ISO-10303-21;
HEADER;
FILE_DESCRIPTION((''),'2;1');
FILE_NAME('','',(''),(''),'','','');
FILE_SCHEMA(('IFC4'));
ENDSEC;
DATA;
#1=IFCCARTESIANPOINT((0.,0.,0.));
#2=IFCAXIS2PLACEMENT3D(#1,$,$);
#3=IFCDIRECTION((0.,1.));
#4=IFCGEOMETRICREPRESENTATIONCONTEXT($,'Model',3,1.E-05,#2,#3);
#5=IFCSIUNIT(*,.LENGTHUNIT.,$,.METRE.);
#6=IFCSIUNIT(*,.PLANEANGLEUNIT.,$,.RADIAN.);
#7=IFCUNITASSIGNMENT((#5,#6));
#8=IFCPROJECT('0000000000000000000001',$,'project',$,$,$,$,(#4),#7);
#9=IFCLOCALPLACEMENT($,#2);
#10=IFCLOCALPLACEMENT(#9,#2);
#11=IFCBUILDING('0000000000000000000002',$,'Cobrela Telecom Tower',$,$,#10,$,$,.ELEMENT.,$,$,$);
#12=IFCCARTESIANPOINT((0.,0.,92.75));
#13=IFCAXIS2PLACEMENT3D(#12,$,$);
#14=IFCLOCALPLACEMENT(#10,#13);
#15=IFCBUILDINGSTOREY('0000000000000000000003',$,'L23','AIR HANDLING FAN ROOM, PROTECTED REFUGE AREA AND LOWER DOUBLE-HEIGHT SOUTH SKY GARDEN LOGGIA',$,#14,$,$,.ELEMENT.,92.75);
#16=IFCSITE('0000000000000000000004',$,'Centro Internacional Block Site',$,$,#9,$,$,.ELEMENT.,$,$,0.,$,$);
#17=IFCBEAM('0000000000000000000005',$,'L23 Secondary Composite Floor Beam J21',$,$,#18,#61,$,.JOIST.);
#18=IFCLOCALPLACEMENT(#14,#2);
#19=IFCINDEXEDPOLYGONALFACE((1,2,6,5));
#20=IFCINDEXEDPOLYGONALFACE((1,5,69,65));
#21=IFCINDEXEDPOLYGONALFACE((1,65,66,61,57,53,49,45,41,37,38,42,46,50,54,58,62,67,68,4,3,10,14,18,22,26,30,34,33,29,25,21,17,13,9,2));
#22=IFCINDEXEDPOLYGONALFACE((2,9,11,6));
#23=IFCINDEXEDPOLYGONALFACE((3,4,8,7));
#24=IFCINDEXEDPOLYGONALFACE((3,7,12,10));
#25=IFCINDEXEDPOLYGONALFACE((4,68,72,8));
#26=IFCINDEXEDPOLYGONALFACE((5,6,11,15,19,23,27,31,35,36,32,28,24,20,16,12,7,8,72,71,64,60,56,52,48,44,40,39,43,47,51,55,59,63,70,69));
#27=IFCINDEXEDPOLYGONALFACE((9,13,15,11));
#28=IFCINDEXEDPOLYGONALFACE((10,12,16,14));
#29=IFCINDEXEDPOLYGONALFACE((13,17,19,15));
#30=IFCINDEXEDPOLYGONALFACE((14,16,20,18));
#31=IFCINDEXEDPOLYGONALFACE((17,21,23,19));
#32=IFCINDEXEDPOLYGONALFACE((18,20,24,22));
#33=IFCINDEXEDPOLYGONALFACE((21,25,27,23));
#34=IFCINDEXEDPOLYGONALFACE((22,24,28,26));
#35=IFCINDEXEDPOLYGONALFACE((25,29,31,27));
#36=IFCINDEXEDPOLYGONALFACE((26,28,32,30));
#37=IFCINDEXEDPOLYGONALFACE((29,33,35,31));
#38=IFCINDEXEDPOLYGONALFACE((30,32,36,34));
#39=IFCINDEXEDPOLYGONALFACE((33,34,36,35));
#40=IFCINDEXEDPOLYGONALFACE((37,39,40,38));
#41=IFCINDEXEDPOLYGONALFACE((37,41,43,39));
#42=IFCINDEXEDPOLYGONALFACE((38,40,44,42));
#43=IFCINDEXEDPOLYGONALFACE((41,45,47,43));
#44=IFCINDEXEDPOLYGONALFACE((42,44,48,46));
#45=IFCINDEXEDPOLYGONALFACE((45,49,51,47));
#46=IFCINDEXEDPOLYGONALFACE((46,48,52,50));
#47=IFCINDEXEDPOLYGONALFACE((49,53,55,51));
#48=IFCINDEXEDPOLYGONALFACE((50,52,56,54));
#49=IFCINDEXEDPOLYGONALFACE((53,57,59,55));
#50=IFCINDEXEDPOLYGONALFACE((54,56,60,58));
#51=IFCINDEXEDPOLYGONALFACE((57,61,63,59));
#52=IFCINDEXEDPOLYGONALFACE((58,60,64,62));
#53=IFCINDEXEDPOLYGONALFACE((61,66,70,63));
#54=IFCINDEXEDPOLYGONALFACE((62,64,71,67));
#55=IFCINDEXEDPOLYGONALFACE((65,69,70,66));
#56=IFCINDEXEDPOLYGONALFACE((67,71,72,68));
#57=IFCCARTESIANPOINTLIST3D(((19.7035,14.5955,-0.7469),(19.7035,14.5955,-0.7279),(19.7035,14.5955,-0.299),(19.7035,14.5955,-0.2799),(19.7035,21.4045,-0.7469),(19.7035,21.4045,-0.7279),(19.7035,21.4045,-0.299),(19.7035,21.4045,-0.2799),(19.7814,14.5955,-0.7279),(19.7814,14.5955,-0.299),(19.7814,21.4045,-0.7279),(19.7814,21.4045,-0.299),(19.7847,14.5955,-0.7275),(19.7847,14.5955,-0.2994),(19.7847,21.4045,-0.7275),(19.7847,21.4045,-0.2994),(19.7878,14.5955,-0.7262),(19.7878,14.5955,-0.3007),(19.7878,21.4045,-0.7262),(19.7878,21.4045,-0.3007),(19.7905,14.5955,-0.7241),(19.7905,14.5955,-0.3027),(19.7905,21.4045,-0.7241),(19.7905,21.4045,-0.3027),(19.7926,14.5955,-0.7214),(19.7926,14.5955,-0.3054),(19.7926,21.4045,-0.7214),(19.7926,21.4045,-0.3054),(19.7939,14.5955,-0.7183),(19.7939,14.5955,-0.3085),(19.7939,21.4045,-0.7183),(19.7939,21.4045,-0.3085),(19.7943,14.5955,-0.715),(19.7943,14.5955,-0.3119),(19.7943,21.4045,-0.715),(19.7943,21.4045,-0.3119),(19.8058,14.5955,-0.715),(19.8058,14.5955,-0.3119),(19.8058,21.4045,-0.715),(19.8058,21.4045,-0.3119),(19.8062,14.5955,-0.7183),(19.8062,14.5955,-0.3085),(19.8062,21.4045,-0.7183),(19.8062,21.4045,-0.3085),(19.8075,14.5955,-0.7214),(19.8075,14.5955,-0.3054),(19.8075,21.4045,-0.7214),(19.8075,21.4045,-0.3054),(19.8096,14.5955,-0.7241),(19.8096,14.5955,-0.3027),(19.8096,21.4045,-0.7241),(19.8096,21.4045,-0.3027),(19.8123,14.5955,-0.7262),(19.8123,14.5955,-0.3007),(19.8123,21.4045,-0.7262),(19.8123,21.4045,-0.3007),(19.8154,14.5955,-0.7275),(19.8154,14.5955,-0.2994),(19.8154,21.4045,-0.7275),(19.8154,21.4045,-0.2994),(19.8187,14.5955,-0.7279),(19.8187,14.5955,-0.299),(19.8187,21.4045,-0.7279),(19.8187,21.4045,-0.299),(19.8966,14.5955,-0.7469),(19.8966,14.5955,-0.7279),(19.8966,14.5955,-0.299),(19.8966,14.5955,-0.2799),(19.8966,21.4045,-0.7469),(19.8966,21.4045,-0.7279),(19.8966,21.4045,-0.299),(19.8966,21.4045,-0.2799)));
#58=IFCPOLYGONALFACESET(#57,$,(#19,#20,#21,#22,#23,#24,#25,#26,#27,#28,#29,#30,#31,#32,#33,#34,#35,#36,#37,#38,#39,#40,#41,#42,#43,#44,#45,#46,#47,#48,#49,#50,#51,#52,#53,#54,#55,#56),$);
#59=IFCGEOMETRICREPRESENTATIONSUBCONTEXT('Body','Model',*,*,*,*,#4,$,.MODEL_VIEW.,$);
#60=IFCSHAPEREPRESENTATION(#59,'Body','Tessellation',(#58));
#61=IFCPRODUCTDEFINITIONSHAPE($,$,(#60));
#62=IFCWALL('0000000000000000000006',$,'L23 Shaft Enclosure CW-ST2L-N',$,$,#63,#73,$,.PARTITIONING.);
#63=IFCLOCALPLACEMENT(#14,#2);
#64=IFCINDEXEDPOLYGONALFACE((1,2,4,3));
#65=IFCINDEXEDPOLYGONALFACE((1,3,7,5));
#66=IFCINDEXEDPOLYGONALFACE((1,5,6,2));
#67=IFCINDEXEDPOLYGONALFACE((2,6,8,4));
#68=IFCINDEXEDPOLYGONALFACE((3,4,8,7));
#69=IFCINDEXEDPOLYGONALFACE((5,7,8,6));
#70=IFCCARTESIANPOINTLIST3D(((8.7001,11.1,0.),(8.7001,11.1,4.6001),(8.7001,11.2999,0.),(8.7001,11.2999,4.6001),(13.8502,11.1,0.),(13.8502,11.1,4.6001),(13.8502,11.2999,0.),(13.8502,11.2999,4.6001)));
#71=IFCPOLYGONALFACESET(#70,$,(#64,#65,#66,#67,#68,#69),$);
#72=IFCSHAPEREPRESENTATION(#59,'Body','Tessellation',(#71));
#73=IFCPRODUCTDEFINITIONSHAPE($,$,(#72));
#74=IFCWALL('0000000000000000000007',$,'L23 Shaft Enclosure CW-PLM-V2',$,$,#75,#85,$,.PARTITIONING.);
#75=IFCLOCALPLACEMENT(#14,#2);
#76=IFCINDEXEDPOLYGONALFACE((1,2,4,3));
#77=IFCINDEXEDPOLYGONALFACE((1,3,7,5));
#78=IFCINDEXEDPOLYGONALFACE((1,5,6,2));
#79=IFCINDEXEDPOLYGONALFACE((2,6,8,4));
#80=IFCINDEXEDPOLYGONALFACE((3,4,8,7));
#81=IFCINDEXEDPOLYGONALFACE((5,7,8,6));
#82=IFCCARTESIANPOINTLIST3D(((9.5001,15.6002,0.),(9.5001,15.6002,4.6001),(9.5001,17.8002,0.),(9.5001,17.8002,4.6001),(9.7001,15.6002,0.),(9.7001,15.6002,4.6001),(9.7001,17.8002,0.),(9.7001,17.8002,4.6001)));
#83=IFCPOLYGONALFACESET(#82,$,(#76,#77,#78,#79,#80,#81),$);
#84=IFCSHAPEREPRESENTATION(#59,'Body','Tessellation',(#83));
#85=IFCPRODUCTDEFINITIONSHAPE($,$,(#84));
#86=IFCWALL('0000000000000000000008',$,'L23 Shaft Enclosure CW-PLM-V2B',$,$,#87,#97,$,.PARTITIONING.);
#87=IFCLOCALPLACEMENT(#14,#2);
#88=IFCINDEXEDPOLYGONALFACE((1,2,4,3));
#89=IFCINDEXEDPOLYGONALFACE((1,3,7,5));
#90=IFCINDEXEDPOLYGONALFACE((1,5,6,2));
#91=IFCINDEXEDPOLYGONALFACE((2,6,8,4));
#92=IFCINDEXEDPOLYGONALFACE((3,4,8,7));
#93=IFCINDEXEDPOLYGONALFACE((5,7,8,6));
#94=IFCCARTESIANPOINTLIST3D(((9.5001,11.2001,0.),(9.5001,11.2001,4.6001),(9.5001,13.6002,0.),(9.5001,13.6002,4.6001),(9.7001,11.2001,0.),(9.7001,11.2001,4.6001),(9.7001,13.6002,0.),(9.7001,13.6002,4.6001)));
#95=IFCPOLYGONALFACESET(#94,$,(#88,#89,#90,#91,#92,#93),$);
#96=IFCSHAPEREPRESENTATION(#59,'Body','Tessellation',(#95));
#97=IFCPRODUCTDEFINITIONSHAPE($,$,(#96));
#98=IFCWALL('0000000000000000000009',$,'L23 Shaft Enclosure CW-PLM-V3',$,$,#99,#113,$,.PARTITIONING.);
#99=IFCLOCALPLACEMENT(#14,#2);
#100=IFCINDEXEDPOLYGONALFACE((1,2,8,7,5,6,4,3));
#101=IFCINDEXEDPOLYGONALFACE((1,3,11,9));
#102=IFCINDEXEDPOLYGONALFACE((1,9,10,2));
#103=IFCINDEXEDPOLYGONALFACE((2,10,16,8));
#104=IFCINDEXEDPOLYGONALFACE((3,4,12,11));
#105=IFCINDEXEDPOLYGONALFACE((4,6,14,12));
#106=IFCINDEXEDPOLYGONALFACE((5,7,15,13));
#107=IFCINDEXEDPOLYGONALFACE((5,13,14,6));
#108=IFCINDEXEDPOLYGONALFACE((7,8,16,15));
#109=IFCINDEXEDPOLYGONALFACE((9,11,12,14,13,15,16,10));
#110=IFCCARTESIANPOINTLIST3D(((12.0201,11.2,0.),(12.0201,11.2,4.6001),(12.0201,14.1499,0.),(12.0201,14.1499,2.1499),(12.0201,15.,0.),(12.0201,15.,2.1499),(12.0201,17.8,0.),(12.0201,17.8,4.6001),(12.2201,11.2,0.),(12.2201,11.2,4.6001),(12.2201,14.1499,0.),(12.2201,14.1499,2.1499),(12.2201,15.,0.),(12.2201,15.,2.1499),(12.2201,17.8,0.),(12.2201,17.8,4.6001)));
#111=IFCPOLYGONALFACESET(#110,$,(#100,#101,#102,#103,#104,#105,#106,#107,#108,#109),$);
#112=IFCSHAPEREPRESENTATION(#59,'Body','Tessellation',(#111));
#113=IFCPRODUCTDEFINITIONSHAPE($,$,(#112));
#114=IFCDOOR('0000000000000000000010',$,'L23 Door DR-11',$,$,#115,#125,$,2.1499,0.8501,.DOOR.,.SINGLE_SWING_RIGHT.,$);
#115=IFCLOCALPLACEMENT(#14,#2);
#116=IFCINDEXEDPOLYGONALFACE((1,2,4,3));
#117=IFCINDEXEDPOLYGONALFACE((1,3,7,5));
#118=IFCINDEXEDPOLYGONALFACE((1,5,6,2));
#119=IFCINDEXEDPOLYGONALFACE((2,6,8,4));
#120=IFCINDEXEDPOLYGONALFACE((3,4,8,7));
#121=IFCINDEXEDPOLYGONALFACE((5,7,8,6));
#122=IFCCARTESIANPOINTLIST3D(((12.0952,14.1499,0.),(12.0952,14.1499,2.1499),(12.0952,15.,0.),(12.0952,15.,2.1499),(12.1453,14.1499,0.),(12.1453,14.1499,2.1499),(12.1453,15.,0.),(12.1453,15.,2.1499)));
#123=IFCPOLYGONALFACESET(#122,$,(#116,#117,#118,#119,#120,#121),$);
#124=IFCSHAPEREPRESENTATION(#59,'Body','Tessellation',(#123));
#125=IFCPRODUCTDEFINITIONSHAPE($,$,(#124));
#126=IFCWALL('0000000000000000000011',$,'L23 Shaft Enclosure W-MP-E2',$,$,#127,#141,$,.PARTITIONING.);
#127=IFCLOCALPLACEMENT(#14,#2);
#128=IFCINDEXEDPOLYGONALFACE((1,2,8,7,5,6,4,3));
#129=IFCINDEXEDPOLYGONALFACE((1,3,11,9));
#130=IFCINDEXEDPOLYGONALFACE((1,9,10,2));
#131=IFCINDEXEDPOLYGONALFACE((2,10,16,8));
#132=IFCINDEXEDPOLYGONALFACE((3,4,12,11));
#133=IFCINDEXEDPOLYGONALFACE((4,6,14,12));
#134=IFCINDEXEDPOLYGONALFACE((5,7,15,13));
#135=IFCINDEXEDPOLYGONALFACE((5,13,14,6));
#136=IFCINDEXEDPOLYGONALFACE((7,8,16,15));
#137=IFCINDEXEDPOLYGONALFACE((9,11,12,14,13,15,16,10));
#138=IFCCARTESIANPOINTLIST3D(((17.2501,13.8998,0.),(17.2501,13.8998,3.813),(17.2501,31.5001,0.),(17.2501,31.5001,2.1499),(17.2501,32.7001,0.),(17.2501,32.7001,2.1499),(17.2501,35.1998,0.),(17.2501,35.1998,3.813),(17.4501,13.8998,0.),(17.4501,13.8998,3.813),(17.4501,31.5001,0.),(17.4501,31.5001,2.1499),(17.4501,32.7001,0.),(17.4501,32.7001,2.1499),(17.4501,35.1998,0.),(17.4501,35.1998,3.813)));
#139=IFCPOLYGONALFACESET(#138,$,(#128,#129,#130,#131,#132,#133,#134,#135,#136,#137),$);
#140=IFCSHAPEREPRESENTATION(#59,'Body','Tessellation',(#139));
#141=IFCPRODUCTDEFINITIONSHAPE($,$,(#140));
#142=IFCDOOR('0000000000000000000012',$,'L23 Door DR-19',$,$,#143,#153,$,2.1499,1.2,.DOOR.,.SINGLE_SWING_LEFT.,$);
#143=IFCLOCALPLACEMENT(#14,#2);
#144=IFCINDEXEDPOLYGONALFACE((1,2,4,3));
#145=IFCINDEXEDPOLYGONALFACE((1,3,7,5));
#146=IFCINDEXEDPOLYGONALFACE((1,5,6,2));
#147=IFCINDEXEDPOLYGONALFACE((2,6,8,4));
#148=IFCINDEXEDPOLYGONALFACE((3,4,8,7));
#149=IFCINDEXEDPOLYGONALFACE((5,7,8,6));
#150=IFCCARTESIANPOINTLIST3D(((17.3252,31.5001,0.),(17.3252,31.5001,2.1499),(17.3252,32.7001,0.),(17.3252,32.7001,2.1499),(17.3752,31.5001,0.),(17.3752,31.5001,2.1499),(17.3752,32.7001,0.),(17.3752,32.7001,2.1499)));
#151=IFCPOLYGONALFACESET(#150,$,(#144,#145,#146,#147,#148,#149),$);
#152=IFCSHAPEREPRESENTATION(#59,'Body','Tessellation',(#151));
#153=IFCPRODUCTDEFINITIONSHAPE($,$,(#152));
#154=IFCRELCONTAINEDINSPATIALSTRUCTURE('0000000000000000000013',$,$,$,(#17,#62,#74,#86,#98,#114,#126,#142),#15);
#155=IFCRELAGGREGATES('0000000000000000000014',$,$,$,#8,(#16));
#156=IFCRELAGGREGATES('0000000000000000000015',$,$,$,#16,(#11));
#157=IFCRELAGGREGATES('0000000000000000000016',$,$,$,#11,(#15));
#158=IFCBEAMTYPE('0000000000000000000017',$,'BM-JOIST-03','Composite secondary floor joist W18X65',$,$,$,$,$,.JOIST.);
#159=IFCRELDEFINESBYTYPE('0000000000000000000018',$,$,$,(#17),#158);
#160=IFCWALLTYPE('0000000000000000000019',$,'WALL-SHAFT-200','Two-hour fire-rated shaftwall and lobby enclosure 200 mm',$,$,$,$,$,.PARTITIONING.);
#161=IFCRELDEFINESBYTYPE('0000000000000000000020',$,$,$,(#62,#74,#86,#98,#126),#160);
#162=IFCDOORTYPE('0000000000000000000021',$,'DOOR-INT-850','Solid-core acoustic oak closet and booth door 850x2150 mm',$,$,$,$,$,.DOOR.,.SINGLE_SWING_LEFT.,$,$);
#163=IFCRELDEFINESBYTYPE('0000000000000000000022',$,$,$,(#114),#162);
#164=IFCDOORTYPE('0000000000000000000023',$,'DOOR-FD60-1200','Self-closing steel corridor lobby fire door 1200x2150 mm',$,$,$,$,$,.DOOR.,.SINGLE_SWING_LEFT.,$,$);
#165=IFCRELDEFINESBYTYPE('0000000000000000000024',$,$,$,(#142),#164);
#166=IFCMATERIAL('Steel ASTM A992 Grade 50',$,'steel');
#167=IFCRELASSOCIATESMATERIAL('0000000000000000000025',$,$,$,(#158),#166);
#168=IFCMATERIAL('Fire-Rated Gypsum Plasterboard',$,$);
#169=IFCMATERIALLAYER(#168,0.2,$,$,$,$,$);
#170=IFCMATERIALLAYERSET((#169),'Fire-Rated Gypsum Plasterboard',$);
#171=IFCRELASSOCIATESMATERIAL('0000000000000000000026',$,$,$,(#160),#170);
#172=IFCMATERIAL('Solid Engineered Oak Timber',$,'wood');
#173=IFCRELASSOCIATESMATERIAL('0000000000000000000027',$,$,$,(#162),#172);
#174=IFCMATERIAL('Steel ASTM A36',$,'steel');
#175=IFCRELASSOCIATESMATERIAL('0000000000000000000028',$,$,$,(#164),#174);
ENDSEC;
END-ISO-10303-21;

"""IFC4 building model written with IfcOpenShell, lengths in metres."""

from ifc_helpers import new_model, si_unit, direction, frame, frame_2d, origin, origin_2d, place, context, subcontext, project, spatial, rectangle, i_section, extrude, material, layer, layer_set, material_profile, profile_set, type_object, element, fill, save


model = new_model("IFC4")

# Units and contexts
model_context = context("Model", 3, precision=1e-05, world=origin(), true_north=direction((0.0, 1.0)))
body_context = subcontext(model_context, "Body", "Model", "MODEL_VIEW")
ifc_project = project(units=[si_unit("LENGTHUNIT", "METRE"), si_unit("PLANEANGLEUNIT", "RADIAN")], contexts=[model_context])

# Site, building, storey
site_placement = place(None, origin())
site = spatial("IfcSite", under=ifc_project, at=site_placement, Name="Centro Internacional Block Site", CompositionType="ELEMENT", RefElevation=0.0)
building_placement = place(site_placement, origin())
building = spatial("IfcBuilding", under=site, at=building_placement, Name="Cobrela Telecom Tower", CompositionType="ELEMENT")
storey_placement = place(building_placement, frame((0.0, 0.0, 92.75)))
storey = spatial("IfcBuildingStorey", under=building, at=storey_placement, Name="L23", Description="AIR HANDLING FAN ROOM, PROTECTED REFUGE AREA AND LOWER DOUBLE-HEIGHT SOUTH SKY GARDEN LOGGIA", CompositionType="ELEMENT", Elevation=92.75)

# Shared definitions
ifc_material_1 = material(Name="Steel ASTM A992 Grade 50", Category="steel")

# Beam
ifc_material_profile_1 = material_profile(ifc_material_1, i_section(OverallWidth=0.1931, OverallDepth=0.467, WebThickness=0.0115, FlangeThickness=0.019, FilletRadius=0.0129, at=origin_2d()), Name="W18X65")
ifc_profile_set_1 = profile_set([ifc_material_profile_1], Name="Steel ASTM A992 Grade 50")
beam_type_1 = type_object("IfcBeamType", Name="BM-JOIST-03", Description="Composite secondary floor joist W18X65", PredefinedType="JOIST", material=ifc_profile_set_1)
for number, where, z_axis, x_axis, name in (
    (1, (19.8, 14.5955, -0.5134), (0.0, 1.0, 0.0), (-1.0, 0.0, 0.0), "L23 Secondary Composite Floor Beam J21"),
):
    element("IfcBeam", number, at=place(storey_placement, frame(where, z_axis=z_axis, x_axis=x_axis)), inside=storey, type_object=beam_type_1, Name=name, PredefinedType="JOIST", context=body_context, shape_type="SweptSolid", body=[
        extrude(i_section(OverallWidth=0.1931, OverallDepth=0.467, WebThickness=0.0115, FlangeThickness=0.019, FilletRadius=0.0129, at=origin_2d()), origin(), (0.0, 0.0, 1.0), 6.8091),
    ])

# Walls
ifc_material_2 = material(Name="Fire-Rated Gypsum Plasterboard")
ifc_layer_1 = layer(ifc_material_2, 0.2)
ifc_layer_set_1 = layer_set([ifc_layer_1], Name="Fire-Rated Gypsum Plasterboard")
wall_type_1 = type_object("IfcWallType", Name="WALL-SHAFT-200", Description="Two-hour fire-rated shaftwall and lobby enclosure 200 mm", PredefinedType="PARTITIONING", material=ifc_layer_set_1)
wall_1_placement = place(storey_placement, frame((8.7, 11.2, 0.0), z_axis=(0.0, 0.0, 1.0), x_axis=(1.0, 0.0, 0.0)))
element("IfcWall", 2, at=wall_1_placement, inside=storey, type_object=wall_type_1, Name="L23 Shaft Enclosure CW-ST2L-N", PredefinedType="PARTITIONING", context=body_context, shape_type="SweptSolid", body=[
    extrude(rectangle(XDim=5.1501, YDim=0.2, at=frame_2d((2.5752, 0.0))), origin(), (0.0, 0.0, 1.0), 4.6001),
])
wall_2_placement = place(storey_placement, frame((9.6001, 15.6001, 0.0), z_axis=(0.0, 0.0, 1.0), x_axis=(0.0, 1.0, 0.0)))
element("IfcWall", 3, at=wall_2_placement, inside=storey, type_object=wall_type_1, Name="L23 Shaft Enclosure CW-PLM-V2", PredefinedType="PARTITIONING", context=body_context, shape_type="SweptSolid", body=[
    extrude(rectangle(XDim=2.2, YDim=0.2, at=frame_2d((1.1001, 0.0))), origin(), (0.0, 0.0, 1.0), 4.6001),
])
wall_3_placement = place(storey_placement, frame((9.6001, 11.2, 0.0), z_axis=(0.0, 0.0, 1.0), x_axis=(0.0, 1.0, 0.0)))
element("IfcWall", 4, at=wall_3_placement, inside=storey, type_object=wall_type_1, Name="L23 Shaft Enclosure CW-PLM-V2B", PredefinedType="PARTITIONING", context=body_context, shape_type="SweptSolid", body=[
    extrude(rectangle(XDim=2.4001, YDim=0.2, at=frame_2d((1.2002, 0.0))), origin(), (0.0, 0.0, 1.0), 4.6001),
])

# Walls, openings, doors
wall_4_placement = place(storey_placement, frame((12.1201, 11.2, 0.0), z_axis=(0.0, 0.0, 1.0), x_axis=(0.0, 1.0, 0.0)))
wall_4 = element("IfcWall", 5, at=wall_4_placement, inside=storey, type_object=wall_type_1, Name="L23 Shaft Enclosure CW-PLM-V3", PredefinedType="PARTITIONING", context=body_context, shape_type="SweptSolid", body=[
    extrude(rectangle(XDim=6.6001, YDim=0.2, at=frame_2d((3.3, 0.0))), origin(), (0.0, 0.0, 1.0), 4.6001),
])
opening_1_placement = place(wall_4_placement, frame((2.95, 0.0, 0.0)))
opening_1 = element("IfcOpeningElement", 6, at=opening_1_placement, cuts=wall_4, PredefinedType="OPENING", context=body_context, shape_type="SweptSolid", body=[
    extrude(rectangle(XDim=0.8501, YDim=2.1499, at=frame_2d((0.425, 1.075))), frame((0.0, 0.1118, 0.0), z_axis=(0.0, -1.0, 0.0), x_axis=(1.0, 0.0, 0.0)), (0.0, 0.0, 1.0), 0.2239),
])
ifc_material_3 = material(Name="Solid Engineered Oak Timber", Category="wood")
door_type_1 = type_object("IfcDoorType", Name="DOOR-INT-850", Description="Solid-core acoustic oak closet and booth door 850x2150 mm", OperationType="SINGLE_SWING_LEFT", PredefinedType="DOOR", material=ifc_material_3)
door_1_placement = place(opening_1_placement, origin())
door_1 = element("IfcDoor", 7, at=door_1_placement, inside=storey, type_object=door_type_1, Name="L23 Door DR-11", OperationType="SINGLE_SWING_RIGHT", OverallHeight=2.1499, OverallWidth=0.8501, PredefinedType="DOOR", context=body_context, shape_type="SweptSolid", body=[
    extrude(rectangle(XDim=0.8501, YDim=2.1499, at=frame_2d((0.425, 1.075))), frame((0.0, 0.0249, 0.0), z_axis=(0.0, -1.0, 0.0), x_axis=(1.0, 0.0, 0.0)), (0.0, 0.0, 1.0), 0.05),
])
fill(opening_1, door_1)
wall_5_placement = place(storey_placement, frame((17.3501, 13.8999, 0.0), z_axis=(0.0, 0.0, 1.0), x_axis=(0.0, 1.0, 0.0)))
wall_5 = element("IfcWall", 8, at=wall_5_placement, inside=storey, type_object=wall_type_1, Name="L23 Shaft Enclosure W-MP-E2", PredefinedType="PARTITIONING", context=body_context, shape_type="SweptSolid", body=[
    extrude(rectangle(XDim=21.3, YDim=0.2, at=frame_2d((10.6499, 0.0))), origin(), (0.0, 0.0, 1.0), 3.813),
])
opening_2_placement = place(wall_5_placement, frame((17.6001, 0.0, 0.0)))
opening_2 = element("IfcOpeningElement", 9, at=opening_2_placement, cuts=wall_5, PredefinedType="OPENING", context=body_context, shape_type="SweptSolid", body=[
    extrude(rectangle(XDim=1.2, YDim=2.1499, at=frame_2d((0.6001, 1.075))), frame((0.0, 0.1118, 0.0), z_axis=(0.0, -1.0, 0.0), x_axis=(1.0, 0.0, 0.0)), (0.0, 0.0, 1.0), 0.2239),
])
ifc_material_4 = material(Name="Steel ASTM A36", Category="steel")
door_type_2 = type_object("IfcDoorType", Name="DOOR-FD60-1200", Description="Self-closing steel corridor lobby fire door 1200x2150 mm", OperationType="SINGLE_SWING_LEFT", PredefinedType="DOOR", material=ifc_material_4)
door_2_placement = place(opening_2_placement, origin())
door_2 = element("IfcDoor", 10, at=door_2_placement, inside=storey, type_object=door_type_2, Name="L23 Door DR-19", OperationType="SINGLE_SWING_LEFT", OverallHeight=2.1499, OverallWidth=1.2, PredefinedType="DOOR", context=body_context, shape_type="SweptSolid", body=[
    extrude(rectangle(XDim=1.2, YDim=2.1499, at=frame_2d((0.6001, 1.075))), frame((0.0, 0.0249, 0.0), z_axis=(0.0, -1.0, 0.0), x_axis=(1.0, 0.0, 0.0)), (0.0, 0.0, 1.0), 0.05),
])
fill(opening_2, door_2)

save(model, "model.ifc")
